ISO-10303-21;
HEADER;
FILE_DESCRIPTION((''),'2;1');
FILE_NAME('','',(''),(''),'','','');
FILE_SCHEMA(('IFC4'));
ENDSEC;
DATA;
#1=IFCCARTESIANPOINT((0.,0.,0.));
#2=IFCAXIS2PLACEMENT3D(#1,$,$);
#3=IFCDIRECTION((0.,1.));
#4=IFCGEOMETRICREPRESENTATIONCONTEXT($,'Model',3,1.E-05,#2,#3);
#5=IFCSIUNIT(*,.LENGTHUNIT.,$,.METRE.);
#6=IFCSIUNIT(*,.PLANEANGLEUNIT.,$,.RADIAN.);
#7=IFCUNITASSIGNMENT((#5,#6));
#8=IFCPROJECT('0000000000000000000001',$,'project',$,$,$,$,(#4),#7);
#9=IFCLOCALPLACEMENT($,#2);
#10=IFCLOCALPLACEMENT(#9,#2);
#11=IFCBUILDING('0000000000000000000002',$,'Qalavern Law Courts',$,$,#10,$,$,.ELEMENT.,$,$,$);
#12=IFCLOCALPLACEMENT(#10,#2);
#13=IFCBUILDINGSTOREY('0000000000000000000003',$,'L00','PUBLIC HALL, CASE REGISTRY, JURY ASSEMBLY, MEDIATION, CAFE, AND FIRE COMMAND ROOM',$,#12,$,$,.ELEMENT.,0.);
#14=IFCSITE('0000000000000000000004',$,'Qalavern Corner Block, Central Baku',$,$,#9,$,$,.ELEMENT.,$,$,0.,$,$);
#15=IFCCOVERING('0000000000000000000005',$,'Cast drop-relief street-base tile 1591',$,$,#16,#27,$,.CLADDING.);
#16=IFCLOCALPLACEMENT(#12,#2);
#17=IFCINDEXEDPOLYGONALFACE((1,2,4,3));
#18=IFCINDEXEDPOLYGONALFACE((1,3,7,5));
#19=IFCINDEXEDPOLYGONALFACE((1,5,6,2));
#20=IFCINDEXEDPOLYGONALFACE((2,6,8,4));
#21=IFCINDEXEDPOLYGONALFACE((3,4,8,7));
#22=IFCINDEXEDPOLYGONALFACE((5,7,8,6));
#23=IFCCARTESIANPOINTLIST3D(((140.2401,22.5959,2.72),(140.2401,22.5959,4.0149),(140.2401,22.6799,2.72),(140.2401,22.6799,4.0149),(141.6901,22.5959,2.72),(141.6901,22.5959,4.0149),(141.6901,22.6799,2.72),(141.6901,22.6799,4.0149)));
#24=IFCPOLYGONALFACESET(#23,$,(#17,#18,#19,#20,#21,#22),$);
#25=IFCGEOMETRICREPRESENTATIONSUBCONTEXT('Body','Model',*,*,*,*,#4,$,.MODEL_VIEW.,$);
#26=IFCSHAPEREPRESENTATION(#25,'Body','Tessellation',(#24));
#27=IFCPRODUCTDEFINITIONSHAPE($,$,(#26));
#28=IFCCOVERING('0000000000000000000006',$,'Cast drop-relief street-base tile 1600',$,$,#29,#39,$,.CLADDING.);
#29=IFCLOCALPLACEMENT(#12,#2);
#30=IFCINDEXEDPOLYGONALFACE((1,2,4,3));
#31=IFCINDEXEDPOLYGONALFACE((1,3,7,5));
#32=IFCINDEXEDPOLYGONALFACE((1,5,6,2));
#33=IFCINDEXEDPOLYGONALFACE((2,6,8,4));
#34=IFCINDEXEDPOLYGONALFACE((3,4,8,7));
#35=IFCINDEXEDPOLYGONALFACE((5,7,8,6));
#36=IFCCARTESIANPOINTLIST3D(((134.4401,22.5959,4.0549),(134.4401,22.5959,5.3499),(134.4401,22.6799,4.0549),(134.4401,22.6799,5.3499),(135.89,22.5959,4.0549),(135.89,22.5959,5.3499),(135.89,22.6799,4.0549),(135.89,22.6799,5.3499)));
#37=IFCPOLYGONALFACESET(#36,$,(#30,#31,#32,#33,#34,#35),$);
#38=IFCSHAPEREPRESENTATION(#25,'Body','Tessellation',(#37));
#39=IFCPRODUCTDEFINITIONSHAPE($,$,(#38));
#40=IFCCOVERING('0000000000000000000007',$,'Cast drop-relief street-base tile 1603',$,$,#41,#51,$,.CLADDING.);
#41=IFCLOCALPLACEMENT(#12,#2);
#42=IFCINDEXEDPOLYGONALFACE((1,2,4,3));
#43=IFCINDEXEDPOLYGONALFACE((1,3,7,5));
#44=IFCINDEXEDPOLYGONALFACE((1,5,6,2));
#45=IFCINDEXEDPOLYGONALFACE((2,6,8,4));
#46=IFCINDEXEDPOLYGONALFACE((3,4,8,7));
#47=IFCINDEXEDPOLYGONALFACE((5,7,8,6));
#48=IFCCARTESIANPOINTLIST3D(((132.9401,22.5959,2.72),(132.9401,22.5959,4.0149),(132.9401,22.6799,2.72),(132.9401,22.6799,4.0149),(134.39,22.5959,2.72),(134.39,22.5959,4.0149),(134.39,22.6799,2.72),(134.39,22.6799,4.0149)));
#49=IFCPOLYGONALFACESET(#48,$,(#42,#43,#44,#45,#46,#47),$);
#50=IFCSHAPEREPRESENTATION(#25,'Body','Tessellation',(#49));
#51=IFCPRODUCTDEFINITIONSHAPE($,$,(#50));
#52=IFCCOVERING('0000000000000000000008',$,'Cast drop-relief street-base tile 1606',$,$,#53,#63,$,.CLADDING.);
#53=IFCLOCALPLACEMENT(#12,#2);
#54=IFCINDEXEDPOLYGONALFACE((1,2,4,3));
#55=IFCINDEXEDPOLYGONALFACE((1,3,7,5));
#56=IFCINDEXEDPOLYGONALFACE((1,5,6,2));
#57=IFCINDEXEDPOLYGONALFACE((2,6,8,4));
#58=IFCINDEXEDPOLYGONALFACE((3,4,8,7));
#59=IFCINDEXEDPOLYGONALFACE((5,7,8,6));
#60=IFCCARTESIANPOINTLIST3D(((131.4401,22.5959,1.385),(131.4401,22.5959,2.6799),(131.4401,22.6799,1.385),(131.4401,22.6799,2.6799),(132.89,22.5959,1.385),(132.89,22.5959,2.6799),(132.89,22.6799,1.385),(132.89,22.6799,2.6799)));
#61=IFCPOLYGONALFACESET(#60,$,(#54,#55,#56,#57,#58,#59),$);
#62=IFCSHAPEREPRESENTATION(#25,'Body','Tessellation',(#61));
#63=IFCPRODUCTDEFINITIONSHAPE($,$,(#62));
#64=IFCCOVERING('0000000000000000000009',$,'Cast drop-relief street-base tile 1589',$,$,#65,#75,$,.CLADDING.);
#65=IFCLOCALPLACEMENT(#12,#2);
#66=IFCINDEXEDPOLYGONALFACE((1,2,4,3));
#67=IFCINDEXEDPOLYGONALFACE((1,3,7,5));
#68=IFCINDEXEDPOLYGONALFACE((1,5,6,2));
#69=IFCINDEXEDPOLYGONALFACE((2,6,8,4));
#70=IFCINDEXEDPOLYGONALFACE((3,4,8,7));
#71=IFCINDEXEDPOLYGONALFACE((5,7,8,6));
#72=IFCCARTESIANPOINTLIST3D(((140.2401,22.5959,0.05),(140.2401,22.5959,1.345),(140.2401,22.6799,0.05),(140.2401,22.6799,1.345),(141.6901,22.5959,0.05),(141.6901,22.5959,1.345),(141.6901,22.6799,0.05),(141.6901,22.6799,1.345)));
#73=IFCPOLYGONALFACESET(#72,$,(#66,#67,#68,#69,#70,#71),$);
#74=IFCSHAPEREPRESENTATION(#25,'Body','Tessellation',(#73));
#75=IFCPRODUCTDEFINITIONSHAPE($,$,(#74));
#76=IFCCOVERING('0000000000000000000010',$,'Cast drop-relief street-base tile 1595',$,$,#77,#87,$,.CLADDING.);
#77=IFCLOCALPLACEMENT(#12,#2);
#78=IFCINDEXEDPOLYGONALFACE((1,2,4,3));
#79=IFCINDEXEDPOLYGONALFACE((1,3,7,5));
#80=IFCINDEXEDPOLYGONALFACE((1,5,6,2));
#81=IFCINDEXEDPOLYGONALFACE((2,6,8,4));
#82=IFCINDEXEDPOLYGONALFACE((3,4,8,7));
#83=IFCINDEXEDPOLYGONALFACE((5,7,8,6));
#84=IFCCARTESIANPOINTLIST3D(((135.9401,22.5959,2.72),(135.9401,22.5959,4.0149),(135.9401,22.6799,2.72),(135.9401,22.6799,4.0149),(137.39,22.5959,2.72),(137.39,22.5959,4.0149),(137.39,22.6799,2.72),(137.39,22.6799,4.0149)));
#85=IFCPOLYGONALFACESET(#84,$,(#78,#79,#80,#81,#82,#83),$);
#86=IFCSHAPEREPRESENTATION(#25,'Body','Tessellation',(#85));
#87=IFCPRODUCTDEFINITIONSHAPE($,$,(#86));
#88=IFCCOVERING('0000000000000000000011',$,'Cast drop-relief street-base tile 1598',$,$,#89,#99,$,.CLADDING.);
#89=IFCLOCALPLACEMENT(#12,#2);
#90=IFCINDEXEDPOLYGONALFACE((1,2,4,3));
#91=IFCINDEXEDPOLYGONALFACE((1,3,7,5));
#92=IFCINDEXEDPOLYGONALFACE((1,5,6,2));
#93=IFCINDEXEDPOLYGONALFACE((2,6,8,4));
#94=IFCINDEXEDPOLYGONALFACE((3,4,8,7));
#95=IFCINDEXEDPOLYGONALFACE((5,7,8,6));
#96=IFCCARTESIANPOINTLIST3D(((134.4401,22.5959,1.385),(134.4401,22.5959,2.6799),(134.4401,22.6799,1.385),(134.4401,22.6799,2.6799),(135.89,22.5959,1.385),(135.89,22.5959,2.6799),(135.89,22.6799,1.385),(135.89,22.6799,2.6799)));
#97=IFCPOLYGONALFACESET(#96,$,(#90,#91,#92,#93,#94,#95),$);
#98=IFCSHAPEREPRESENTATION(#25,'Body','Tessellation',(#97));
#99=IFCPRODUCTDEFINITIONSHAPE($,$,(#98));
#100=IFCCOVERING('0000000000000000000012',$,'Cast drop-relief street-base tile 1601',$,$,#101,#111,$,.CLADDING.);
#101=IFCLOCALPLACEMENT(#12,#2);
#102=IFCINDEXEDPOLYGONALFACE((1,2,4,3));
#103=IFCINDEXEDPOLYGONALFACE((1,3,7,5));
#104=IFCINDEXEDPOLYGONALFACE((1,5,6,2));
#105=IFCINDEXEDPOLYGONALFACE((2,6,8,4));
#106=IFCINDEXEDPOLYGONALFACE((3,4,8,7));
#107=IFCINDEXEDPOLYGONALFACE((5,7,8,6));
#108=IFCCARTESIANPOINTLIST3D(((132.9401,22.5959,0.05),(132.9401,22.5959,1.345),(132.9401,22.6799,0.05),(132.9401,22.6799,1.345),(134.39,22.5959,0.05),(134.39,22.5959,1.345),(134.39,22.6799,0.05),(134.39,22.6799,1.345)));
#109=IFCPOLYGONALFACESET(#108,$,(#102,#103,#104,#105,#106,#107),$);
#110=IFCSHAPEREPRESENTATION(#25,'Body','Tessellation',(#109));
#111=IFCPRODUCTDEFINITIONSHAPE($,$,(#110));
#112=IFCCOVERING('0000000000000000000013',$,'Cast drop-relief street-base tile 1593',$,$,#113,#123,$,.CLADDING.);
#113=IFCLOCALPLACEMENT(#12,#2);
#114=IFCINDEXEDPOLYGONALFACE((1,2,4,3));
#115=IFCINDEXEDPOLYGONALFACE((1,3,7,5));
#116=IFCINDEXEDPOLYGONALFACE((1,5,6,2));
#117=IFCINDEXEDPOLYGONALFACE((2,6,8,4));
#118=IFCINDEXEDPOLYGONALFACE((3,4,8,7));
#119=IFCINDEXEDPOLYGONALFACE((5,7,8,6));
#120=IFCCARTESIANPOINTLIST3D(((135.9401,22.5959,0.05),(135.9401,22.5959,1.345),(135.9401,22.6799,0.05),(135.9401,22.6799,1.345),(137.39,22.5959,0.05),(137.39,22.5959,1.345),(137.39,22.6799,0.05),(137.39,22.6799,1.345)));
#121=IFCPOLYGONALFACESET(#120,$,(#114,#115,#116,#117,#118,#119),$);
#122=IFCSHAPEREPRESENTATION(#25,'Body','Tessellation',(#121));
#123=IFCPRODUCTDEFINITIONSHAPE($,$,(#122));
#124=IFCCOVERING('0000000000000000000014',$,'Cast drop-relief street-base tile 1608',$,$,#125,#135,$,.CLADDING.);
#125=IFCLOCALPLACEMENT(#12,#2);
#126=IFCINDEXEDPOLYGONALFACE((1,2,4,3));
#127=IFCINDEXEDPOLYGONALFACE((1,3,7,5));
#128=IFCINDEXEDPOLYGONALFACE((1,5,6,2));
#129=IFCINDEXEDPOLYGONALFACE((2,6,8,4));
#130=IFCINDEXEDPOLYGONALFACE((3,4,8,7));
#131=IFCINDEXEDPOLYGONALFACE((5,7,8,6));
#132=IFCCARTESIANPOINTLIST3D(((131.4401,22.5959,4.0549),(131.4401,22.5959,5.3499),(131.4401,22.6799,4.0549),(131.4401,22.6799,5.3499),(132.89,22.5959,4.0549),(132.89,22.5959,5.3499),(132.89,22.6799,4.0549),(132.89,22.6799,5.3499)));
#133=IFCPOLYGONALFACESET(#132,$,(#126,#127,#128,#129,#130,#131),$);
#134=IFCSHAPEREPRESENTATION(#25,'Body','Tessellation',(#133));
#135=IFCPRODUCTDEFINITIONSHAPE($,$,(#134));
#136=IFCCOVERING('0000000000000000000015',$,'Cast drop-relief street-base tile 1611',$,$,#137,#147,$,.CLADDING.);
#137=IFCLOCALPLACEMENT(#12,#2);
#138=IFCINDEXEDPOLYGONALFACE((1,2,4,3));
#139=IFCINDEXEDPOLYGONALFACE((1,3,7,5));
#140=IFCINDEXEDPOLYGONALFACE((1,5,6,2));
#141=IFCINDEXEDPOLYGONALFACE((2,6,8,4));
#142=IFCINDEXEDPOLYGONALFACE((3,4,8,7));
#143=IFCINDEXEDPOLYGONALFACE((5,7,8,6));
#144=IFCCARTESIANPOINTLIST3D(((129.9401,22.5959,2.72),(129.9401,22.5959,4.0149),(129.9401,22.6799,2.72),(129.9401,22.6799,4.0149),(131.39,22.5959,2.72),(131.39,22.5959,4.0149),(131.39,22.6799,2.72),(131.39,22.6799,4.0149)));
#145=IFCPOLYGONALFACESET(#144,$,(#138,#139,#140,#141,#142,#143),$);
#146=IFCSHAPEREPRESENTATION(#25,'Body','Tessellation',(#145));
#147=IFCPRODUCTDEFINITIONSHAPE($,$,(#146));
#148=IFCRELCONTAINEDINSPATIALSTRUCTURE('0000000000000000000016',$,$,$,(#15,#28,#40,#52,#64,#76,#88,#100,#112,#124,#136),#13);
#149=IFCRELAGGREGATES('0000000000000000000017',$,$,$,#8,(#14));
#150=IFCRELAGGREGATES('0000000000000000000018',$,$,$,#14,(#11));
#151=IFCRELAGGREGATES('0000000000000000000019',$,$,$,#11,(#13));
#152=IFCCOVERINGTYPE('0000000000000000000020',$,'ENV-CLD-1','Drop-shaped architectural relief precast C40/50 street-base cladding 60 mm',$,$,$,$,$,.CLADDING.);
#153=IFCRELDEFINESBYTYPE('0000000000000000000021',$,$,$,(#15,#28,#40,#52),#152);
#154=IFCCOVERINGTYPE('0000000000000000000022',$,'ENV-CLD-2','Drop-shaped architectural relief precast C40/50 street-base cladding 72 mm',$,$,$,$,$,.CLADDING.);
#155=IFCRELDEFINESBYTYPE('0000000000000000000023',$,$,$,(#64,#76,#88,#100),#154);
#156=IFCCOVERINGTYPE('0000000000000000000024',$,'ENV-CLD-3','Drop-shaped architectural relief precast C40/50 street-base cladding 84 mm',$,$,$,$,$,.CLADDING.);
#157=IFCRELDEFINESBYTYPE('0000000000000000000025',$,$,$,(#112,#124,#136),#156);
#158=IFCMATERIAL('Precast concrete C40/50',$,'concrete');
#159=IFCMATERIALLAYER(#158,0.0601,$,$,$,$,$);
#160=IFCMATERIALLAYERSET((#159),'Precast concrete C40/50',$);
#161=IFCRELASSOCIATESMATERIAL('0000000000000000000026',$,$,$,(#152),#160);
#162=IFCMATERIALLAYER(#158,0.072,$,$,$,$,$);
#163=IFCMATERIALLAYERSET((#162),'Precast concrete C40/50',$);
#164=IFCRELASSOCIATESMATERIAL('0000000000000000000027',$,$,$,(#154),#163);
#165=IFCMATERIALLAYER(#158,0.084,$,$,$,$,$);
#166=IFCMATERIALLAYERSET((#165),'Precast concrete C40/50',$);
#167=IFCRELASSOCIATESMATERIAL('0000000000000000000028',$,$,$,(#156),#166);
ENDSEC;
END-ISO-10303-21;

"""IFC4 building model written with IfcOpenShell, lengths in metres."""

from ifc_helpers import new_model, si_unit, direction, frame, origin, origin_2d, place, context, subcontext, project, spatial, rectangle, extrude, material, layer, layer_set, type_object, element, save


model = new_model("IFC4")

# Units and contexts
model_context = context("Model", 3, precision=1e-05, world=origin(), true_north=direction((0.0, 1.0)))
body_context = subcontext(model_context, "Body", "Model", "MODEL_VIEW")
ifc_project = project(units=[si_unit("LENGTHUNIT", "METRE"), si_unit("PLANEANGLEUNIT", "RADIAN")], contexts=[model_context])

# Site, building, storey
site_placement = place(None, origin())
site = spatial("IfcSite", under=ifc_project, at=site_placement, Name="Qalavern Corner Block, Central Baku", CompositionType="ELEMENT", RefElevation=0.0)
building_placement = place(site_placement, origin())
building = spatial("IfcBuilding", under=site, at=building_placement, Name="Qalavern Law Courts", CompositionType="ELEMENT")
storey_placement = place(building_placement, origin())
storey = spatial("IfcBuildingStorey", under=building, at=storey_placement, Name="L00", Description="PUBLIC HALL, CASE REGISTRY, JURY ASSEMBLY, MEDIATION, CAFE, AND FIRE COMMAND ROOM", CompositionType="ELEMENT", Elevation=0.0)

# Coverings
ifc_material_1 = material(Name="Precast concrete C40/50", Category="concrete")
ifc_layer_1 = layer(ifc_material_1, 0.0601)
ifc_layer_set_1 = layer_set([ifc_layer_1], Name="Precast concrete C40/50")
covering_type_1 = type_object("IfcCoveringType", Name="ENV-CLD-1", Description="Drop-shaped architectural relief precast C40/50 street-base cladding 60 mm", PredefinedType="CLADDING", material=ifc_layer_set_1)
for number, where, z_axis, x_axis, name in (
    (1, (140.9651, 22.6379, 2.72), (0.0, 0.0, 1.0), (-1.0, 0.0, 0.0), "Cast drop-relief street-base tile 1591"),
    (2, (135.165, 22.6379, 4.0549), (0.0, 0.0, 1.0), (-1.0, 0.0, 0.0), "Cast drop-relief street-base tile 1600"),
    (3, (133.665, 22.6379, 2.72), (0.0, 0.0, 1.0), (-1.0, 0.0, 0.0), "Cast drop-relief street-base tile 1603"),
    (4, (132.165, 22.6379, 1.385), (0.0, 0.0, 1.0), (-1.0, 0.0, 0.0), "Cast drop-relief street-base tile 1606"),
):
    element("IfcCovering", number, at=place(storey_placement, frame(where, z_axis=z_axis, x_axis=x_axis)), inside=storey, type_object=covering_type_1, Name=name, PredefinedType="CLADDING", context=body_context, shape_type="SweptSolid", body=[
        extrude(rectangle(XDim=1.45, YDim=0.084, at=origin_2d()), origin(), (0.0, 0.0, 1.0), 1.2949),
    ])
ifc_layer_2 = layer(ifc_material_1, 0.072)
ifc_layer_set_2 = layer_set([ifc_layer_2], Name="Precast concrete C40/50")
covering_type_2 = type_object("IfcCoveringType", Name="ENV-CLD-2", Description="Drop-shaped architectural relief precast C40/50 street-base cladding 72 mm", PredefinedType="CLADDING", material=ifc_layer_set_2)
for number, where, z_axis, x_axis, name in (
    (5, (140.9651, 22.6379, 0.05), (0.0, 0.0, 1.0), (-1.0, 0.0, 0.0), "Cast drop-relief street-base tile 1589"),
    (6, (136.665, 22.6379, 2.72), (0.0, 0.0, 1.0), (-1.0, 0.0, 0.0), "Cast drop-relief street-base tile 1595"),
    (7, (135.165, 22.6379, 1.385), (0.0, 0.0, 1.0), (-1.0, 0.0, 0.0), "Cast drop-relief street-base tile 1598"),
    (8, (133.665, 22.6379, 0.05), (0.0, 0.0, 1.0), (-1.0, 0.0, 0.0), "Cast drop-relief street-base tile 1601"),
):
    element("IfcCovering", number, at=place(storey_placement, frame(where, z_axis=z_axis, x_axis=x_axis)), inside=storey, type_object=covering_type_2, Name=name, PredefinedType="CLADDING", context=body_context, shape_type="SweptSolid", body=[
        extrude(rectangle(XDim=1.45, YDim=0.084, at=origin_2d()), origin(), (0.0, 0.0, 1.0), 1.2949),
    ])
ifc_layer_3 = layer(ifc_material_1, 0.084)
ifc_layer_set_3 = layer_set([ifc_layer_3], Name="Precast concrete C40/50")
covering_type_3 = type_object("IfcCoveringType", Name="ENV-CLD-3", Description="Drop-shaped architectural relief precast C40/50 street-base cladding 84 mm", PredefinedType="CLADDING", material=ifc_layer_set_3)
for number, where, z_axis, x_axis, name in (
    (9, (136.665, 22.6379, 0.05), (0.0, 0.0, 1.0), (-1.0, 0.0, 0.0), "Cast drop-relief street-base tile 1593"),
    (10, (132.165, 22.6379, 4.0549), (0.0, 0.0, 1.0), (-1.0, 0.0, 0.0), "Cast drop-relief street-base tile 1608"),
    (11, (130.665, 22.6379, 2.72), (0.0, 0.0, 1.0), (-1.0, 0.0, 0.0), "Cast drop-relief street-base tile 1611"),
):
    element("IfcCovering", number, at=place(storey_placement, frame(where, z_axis=z_axis, x_axis=x_axis)), inside=storey, type_object=covering_type_3, Name=name, PredefinedType="CLADDING", context=body_context, shape_type="SweptSolid", body=[
        extrude(rectangle(XDim=1.45, YDim=0.084, at=origin_2d()), origin(), (0.0, 0.0, 1.0), 1.2949),
    ])

save(model, "model.ifc")
